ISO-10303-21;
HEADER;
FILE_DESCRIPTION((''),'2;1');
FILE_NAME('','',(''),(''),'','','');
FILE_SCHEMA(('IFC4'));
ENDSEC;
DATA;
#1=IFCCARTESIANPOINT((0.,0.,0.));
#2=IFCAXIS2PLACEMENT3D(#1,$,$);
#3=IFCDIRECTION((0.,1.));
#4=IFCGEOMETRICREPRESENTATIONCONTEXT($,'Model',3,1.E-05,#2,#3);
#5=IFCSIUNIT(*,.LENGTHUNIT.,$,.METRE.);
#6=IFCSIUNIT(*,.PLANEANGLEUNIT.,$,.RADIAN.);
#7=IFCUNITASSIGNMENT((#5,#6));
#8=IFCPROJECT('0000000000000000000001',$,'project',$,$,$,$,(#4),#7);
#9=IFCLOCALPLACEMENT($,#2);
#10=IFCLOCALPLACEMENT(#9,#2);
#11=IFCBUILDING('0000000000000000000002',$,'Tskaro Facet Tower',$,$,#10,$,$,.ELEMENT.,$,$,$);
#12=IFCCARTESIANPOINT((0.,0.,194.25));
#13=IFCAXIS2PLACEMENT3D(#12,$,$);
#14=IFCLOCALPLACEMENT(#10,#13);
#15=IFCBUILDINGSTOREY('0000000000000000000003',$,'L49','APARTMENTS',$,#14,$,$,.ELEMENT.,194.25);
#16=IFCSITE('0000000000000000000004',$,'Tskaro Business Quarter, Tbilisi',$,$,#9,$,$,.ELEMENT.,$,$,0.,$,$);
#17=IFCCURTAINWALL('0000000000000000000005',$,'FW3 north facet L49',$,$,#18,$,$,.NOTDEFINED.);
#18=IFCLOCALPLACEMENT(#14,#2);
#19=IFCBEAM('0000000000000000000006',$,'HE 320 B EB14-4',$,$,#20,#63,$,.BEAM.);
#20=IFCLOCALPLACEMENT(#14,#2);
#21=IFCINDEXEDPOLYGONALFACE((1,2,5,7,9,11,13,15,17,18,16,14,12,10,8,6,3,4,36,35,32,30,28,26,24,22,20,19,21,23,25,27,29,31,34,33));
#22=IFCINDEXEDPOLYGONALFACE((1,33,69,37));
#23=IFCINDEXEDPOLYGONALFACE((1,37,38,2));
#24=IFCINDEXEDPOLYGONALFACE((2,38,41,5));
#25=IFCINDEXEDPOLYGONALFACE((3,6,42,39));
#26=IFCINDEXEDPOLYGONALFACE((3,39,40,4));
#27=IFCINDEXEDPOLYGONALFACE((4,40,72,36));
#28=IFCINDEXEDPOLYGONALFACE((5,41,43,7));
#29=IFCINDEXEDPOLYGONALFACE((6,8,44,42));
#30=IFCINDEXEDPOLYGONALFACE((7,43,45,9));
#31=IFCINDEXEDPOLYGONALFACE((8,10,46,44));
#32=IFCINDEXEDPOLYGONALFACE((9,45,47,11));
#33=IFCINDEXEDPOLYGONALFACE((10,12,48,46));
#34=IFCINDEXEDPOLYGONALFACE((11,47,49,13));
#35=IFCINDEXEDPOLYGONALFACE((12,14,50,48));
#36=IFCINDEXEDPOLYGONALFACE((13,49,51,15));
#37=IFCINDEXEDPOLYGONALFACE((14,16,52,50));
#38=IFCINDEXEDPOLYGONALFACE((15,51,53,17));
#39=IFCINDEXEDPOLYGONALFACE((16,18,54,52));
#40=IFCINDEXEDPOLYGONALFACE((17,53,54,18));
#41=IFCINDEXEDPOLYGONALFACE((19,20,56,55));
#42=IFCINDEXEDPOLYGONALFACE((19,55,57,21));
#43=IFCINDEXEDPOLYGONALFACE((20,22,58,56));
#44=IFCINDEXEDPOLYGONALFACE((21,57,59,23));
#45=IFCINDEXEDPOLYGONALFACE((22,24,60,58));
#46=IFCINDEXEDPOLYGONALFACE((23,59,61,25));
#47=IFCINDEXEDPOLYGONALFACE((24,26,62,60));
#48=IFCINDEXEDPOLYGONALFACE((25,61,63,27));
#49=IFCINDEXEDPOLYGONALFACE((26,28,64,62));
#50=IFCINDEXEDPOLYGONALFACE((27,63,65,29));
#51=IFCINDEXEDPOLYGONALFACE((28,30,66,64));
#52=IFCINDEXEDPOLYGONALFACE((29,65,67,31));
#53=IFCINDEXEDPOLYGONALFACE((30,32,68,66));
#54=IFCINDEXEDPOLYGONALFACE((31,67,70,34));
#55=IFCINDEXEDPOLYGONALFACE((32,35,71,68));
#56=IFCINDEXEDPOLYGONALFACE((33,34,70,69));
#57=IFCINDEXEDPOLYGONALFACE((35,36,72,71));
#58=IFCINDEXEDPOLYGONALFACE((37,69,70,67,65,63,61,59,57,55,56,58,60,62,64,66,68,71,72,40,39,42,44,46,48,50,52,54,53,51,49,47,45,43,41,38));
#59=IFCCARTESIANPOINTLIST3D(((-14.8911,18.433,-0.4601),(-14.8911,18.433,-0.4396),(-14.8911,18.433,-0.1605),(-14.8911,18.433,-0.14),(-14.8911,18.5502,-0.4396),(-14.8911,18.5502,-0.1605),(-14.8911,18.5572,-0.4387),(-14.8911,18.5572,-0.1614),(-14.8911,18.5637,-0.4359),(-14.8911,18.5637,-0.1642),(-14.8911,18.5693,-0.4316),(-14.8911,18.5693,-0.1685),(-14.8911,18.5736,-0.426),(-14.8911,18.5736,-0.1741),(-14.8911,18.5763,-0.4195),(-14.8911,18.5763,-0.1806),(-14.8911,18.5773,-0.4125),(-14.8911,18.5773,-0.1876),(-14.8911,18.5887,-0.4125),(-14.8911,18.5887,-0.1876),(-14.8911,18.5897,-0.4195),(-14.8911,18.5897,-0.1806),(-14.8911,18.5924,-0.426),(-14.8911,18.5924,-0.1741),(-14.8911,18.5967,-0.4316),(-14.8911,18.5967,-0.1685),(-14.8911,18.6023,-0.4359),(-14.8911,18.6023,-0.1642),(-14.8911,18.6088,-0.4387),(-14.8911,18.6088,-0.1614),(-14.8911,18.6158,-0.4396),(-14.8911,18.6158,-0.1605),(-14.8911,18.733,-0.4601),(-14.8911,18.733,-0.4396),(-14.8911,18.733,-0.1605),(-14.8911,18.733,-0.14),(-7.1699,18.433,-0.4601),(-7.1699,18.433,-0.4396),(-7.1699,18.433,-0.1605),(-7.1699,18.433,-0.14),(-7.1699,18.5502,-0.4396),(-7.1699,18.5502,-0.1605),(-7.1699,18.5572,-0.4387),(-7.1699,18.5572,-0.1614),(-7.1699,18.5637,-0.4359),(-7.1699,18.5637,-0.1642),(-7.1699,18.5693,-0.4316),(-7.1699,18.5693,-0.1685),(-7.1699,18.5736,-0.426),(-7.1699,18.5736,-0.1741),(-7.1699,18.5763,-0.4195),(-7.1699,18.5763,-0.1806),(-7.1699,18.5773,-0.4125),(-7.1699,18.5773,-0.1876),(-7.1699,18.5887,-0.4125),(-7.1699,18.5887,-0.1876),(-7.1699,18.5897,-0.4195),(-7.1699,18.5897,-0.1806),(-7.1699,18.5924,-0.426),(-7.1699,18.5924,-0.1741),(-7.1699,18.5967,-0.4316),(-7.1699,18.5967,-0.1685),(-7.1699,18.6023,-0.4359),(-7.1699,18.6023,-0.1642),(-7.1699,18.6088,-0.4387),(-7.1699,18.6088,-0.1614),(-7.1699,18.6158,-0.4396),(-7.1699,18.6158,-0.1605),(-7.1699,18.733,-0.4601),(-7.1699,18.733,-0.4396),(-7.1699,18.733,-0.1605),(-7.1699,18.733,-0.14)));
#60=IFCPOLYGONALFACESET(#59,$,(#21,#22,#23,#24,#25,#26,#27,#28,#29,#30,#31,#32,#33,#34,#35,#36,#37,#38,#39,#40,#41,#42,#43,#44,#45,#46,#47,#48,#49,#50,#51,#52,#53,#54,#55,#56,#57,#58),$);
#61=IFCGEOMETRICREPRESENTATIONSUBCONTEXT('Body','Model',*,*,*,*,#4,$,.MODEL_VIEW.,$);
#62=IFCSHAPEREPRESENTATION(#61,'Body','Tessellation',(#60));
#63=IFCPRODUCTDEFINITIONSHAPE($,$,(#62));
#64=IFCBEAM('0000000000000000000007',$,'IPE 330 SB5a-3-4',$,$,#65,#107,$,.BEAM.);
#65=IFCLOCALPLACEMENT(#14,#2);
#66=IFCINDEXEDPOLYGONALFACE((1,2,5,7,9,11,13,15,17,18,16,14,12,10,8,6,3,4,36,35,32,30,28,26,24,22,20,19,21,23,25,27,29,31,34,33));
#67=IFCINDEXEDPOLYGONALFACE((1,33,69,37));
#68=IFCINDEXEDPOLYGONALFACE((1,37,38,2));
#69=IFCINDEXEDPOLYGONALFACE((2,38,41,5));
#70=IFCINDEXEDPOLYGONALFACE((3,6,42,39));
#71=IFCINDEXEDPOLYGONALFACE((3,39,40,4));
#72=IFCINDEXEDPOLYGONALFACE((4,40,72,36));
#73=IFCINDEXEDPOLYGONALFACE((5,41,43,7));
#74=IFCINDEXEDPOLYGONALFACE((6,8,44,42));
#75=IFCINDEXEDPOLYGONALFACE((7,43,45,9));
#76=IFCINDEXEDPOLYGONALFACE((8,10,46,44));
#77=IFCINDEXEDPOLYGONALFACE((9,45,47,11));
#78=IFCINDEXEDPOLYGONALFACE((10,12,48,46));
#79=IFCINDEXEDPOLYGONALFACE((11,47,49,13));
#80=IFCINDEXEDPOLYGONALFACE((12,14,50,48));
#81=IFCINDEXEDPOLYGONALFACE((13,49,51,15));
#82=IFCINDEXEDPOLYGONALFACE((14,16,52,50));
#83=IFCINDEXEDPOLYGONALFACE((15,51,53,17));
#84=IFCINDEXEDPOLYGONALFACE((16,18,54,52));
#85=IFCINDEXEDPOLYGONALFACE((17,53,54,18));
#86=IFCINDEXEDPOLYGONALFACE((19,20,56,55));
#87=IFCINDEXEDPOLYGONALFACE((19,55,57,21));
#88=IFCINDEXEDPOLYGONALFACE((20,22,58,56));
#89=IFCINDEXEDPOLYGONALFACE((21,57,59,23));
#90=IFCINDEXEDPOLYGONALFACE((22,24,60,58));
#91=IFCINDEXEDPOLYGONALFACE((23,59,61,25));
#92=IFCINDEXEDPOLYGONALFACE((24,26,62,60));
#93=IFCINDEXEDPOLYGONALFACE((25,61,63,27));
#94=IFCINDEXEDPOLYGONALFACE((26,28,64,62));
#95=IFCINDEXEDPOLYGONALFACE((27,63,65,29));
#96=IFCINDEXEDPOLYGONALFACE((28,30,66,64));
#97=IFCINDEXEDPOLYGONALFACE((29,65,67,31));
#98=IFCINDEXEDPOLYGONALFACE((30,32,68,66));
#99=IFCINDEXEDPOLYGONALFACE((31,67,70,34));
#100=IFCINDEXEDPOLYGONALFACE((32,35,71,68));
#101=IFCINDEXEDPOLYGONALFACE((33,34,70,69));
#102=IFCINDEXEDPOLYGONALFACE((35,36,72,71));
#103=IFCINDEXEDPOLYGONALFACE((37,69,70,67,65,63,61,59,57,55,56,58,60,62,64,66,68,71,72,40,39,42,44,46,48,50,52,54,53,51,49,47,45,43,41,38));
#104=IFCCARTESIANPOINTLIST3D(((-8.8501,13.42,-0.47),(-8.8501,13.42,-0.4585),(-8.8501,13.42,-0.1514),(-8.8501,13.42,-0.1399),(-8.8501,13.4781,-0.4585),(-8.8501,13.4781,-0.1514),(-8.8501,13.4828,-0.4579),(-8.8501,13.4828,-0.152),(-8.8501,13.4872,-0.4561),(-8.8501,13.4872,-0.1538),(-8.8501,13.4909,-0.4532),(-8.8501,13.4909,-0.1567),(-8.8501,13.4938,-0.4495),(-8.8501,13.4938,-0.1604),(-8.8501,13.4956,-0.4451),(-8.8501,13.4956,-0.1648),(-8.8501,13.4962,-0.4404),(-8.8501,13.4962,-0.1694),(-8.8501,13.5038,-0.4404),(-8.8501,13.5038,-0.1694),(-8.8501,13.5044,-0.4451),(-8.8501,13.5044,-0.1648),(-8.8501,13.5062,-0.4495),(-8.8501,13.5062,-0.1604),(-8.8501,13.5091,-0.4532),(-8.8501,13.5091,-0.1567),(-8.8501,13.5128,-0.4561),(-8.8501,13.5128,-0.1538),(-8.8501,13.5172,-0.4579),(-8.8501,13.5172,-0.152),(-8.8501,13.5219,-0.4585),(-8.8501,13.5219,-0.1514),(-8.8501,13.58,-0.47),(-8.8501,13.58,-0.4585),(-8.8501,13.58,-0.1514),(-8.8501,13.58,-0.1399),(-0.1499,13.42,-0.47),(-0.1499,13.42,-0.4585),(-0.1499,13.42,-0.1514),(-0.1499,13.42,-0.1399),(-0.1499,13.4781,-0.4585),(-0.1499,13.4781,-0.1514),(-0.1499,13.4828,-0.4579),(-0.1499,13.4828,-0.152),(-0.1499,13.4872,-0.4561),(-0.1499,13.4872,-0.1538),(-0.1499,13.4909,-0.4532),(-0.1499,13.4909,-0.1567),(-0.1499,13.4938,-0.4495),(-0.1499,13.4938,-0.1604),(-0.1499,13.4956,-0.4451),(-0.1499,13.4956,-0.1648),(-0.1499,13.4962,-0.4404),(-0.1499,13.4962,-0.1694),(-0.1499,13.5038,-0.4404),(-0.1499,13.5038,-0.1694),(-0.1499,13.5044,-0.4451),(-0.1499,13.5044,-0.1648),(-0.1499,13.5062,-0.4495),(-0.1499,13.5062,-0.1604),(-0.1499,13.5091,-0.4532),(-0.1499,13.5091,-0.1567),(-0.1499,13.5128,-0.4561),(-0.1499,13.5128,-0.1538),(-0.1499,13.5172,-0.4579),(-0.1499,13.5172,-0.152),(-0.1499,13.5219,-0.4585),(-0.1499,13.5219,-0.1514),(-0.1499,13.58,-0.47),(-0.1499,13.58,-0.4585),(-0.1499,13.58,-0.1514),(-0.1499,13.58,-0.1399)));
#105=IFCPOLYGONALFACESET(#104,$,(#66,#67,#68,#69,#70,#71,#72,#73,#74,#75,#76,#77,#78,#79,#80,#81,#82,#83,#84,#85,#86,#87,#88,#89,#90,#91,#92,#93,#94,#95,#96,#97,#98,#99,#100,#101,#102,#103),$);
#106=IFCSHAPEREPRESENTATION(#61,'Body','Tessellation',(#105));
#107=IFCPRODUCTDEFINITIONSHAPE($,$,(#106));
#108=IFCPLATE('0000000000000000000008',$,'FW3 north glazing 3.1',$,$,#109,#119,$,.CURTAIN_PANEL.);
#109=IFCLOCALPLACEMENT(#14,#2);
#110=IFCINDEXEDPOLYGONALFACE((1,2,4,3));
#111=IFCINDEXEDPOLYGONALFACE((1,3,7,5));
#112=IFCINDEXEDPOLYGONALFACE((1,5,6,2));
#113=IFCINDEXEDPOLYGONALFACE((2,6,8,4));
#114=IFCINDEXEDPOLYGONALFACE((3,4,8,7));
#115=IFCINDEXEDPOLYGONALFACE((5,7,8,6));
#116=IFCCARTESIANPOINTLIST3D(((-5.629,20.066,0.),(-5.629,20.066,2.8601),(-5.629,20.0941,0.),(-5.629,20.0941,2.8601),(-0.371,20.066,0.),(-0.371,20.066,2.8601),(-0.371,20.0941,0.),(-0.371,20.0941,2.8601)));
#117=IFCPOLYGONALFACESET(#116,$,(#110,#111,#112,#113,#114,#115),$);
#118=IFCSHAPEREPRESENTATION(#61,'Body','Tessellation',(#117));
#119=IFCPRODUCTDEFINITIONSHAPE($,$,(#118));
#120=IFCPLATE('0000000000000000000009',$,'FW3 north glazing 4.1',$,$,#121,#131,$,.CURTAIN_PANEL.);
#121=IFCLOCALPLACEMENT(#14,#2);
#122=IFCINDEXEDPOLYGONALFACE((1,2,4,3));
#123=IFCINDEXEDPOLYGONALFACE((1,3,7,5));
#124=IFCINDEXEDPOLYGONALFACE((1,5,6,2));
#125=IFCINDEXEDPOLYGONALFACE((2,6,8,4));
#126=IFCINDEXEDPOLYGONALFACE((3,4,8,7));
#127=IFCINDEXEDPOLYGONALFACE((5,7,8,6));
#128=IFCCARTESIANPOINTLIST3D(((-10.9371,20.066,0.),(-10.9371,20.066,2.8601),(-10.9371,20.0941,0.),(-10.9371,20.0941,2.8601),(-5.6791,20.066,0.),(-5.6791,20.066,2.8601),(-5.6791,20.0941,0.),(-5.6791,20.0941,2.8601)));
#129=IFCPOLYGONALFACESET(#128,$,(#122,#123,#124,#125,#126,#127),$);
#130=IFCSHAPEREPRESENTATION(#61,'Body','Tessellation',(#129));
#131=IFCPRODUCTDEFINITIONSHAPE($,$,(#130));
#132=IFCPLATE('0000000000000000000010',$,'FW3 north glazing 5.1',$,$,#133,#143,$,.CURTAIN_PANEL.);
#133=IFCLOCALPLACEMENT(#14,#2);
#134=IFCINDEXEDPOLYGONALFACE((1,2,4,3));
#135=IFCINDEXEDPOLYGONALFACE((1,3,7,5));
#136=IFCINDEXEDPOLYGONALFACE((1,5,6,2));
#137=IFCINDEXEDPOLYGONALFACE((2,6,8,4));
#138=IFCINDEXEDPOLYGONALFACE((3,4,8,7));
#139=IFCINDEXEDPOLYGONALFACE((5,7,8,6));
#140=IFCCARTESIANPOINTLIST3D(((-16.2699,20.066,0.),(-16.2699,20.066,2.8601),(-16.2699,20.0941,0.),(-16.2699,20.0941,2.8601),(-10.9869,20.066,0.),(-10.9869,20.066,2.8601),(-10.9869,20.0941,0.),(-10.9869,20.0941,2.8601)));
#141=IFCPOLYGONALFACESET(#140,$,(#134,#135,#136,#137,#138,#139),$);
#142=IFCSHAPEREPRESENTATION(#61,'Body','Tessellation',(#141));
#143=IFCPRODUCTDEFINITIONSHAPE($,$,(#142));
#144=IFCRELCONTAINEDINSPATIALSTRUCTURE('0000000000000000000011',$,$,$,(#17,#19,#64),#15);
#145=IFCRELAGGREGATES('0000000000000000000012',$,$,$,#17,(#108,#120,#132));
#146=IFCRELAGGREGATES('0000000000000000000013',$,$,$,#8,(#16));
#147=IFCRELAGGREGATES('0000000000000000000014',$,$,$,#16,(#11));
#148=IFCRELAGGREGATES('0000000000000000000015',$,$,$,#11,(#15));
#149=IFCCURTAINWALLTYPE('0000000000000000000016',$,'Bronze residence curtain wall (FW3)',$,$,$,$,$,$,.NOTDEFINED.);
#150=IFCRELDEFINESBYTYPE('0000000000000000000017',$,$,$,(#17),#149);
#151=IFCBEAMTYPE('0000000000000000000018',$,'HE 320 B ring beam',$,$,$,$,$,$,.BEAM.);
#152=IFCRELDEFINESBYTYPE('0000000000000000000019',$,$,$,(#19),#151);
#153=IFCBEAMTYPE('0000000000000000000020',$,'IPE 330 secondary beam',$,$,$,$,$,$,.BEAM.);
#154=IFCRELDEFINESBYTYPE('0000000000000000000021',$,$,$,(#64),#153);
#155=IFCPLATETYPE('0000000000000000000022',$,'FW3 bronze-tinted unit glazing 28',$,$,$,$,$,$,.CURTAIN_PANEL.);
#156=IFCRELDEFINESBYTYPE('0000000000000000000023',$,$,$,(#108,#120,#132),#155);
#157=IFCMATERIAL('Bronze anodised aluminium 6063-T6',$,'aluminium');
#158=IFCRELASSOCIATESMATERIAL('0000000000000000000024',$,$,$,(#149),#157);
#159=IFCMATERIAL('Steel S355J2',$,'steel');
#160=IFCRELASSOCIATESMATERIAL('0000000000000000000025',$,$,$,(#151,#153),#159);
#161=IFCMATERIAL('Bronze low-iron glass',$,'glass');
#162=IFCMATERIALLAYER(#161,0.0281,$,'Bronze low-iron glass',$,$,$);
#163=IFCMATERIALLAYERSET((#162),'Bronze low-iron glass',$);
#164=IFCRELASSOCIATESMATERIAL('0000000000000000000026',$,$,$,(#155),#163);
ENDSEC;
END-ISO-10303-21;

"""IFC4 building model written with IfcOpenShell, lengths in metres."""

from ifc_helpers import new_model, si_unit, direction, frame, origin, origin_2d, place, context, subcontext, project, spatial, rectangle, i_section, extrude, material, layer, layer_set, material_profile, profile_set, type_object, element, aggregate, save


model = new_model("IFC4")

# Units and contexts
model_context = context("Model", 3, precision=1e-05, world=origin(), true_north=direction((0.0, 1.0)))
body_context = subcontext(model_context, "Body", "Model", "MODEL_VIEW")
ifc_project = project(units=[si_unit("LENGTHUNIT", "METRE"), si_unit("PLANEANGLEUNIT", "RADIAN")], contexts=[model_context])

# Site, building, storey
site_placement = place(None, origin())
site = spatial("IfcSite", under=ifc_project, at=site_placement, Name="Tskaro Business Quarter, Tbilisi", CompositionType="ELEMENT", RefElevation=0.0)
building_placement = place(site_placement, origin())
building = spatial("IfcBuilding", under=site, at=building_placement, Name="Tskaro Facet Tower", CompositionType="ELEMENT")
storey_placement = place(building_placement, frame((0.0, 0.0, 194.25)))
storey = spatial("IfcBuildingStorey", under=building, at=storey_placement, Name="L49", Description="APARTMENTS", CompositionType="ELEMENT", Elevation=194.25)

# Curtain wall
ifc_material_1 = material(Name="Bronze anodised aluminium 6063-T6", Category="aluminium")
curtain_wall_type = type_object("IfcCurtainWallType", Name="Bronze residence curtain wall (FW3)", PredefinedType="NOTDEFINED", material=ifc_material_1)
curtain_wall_placement = place(storey_placement, origin())
curtain_wall = element("IfcCurtainWall", 1, at=curtain_wall_placement, inside=storey, type_object=curtain_wall_type, Name="FW3 north facet L49", PredefinedType="NOTDEFINED")

# Beams
ifc_material_2 = material(Name="Steel S355J2", Category="steel")
ifc_material_profile_1 = material_profile(ifc_material_2, i_section(OverallWidth=0.3, OverallDepth=0.3201, WebThickness=0.0115, FlangeThickness=0.0205, FilletRadius=0.0271, at=origin_2d()), Name="HE 320 B")
ifc_profile_set_1 = profile_set([ifc_material_profile_1], Name="Steel S355J2")
beam_type_1 = type_object("IfcBeamType", Name="HE 320 B ring beam", PredefinedType="BEAM", material=ifc_profile_set_1)
beam_1_placement = place(storey_placement, frame((-7.1699, 18.583, -0.3), z_axis=(-1.0, 0.0, 0.0), x_axis=(0.0, -1.0, 0.0)))
element("IfcBeam", 2, at=beam_1_placement, inside=storey, type_object=beam_type_1, Name="HE 320 B EB14-4", PredefinedType="BEAM", context=body_context, shape_type="SweptSolid", body=[
    extrude(i_section(OverallWidth=0.3, OverallDepth=0.3201, WebThickness=0.0115, FlangeThickness=0.0205, FilletRadius=0.0271, at=origin_2d()), origin(), (0.0, 0.0, 1.0), 7.7212),
])
ifc_material_profile_2 = material_profile(ifc_material_2, i_section(OverallWidth=0.1599, OverallDepth=0.3301, WebThickness=0.0076, FlangeThickness=0.0115, FilletRadius=0.0181, at=origin_2d()), Name="IPE 330")
ifc_profile_set_2 = profile_set([ifc_material_profile_2], Name="Steel S355J2")
beam_type_2 = type_object("IfcBeamType", Name="IPE 330 secondary beam", PredefinedType="BEAM", material=ifc_profile_set_2)
beam_2_placement = place(storey_placement, frame((-8.8501, 13.5, -0.3049), z_axis=(1.0, 0.0, 0.0), x_axis=(0.0, 1.0, 0.0)))
element("IfcBeam", 3, at=beam_2_placement, inside=storey, type_object=beam_type_2, Name="IPE 330 SB5a-3-4", PredefinedType="BEAM", context=body_context, shape_type="SweptSolid", body=[
    extrude(i_section(OverallWidth=0.1599, OverallDepth=0.3301, WebThickness=0.0076, FlangeThickness=0.0115, FilletRadius=0.0181, at=origin_2d()), origin(), (0.0, 0.0, 1.0), 8.7002),
])

# Plates
ifc_material_3 = material(Name="Bronze low-iron glass", Category="glass")
ifc_layer_1 = layer(ifc_material_3, 0.0281, Name="Bronze low-iron glass")
ifc_layer_set_1 = layer_set([ifc_layer_1], Name="Bronze low-iron glass")
plate_type = type_object("IfcPlateType", Name="FW3 bronze-tinted unit glazing 28", PredefinedType="CURTAIN_PANEL", material=ifc_layer_set_1)
plate_1_placement = place(storey_placement, frame((-3.0, 20.0801, 0.0), z_axis=(0.0, 0.0, 1.0), x_axis=(-1.0, 0.0, 0.0)))
plate_1 = element("IfcPlate", 4, at=plate_1_placement, type_object=plate_type, Name="FW3 north glazing 3.1", PredefinedType="CURTAIN_PANEL", context=body_context, shape_type="SweptSolid", body=[
    extrude(rectangle(XDim=5.2581, YDim=0.0281, at=origin_2d()), origin(), (0.0, 0.0, 1.0), 2.8601),
])
plate_2_placement = place(storey_placement, frame((-8.3081, 20.0801, 0.0), z_axis=(0.0, 0.0, 1.0), x_axis=(-1.0, 0.0, 0.0)))
plate_2 = element("IfcPlate", 5, at=plate_2_placement, type_object=plate_type, Name="FW3 north glazing 4.1", PredefinedType="CURTAIN_PANEL", context=body_context, shape_type="SweptSolid", body=[
    extrude(rectangle(XDim=5.2581, YDim=0.0281, at=origin_2d()), origin(), (0.0, 0.0, 1.0), 2.8601),
])
plate_3_placement = place(storey_placement, frame((-13.6284, 20.0801, 0.0), z_axis=(0.0, 0.0, 1.0), x_axis=(-1.0, 0.0, 0.0)))
plate_3 = element("IfcPlate", 6, at=plate_3_placement, type_object=plate_type, Name="FW3 north glazing 5.1", PredefinedType="CURTAIN_PANEL", context=body_context, shape_type="SweptSolid", body=[
    extrude(rectangle(XDim=5.283, YDim=0.0281, at=origin_2d()), origin(), (0.0, 0.0, 1.0), 2.8601),
])
aggregate(curtain_wall, [plate_1, plate_2, plate_3])

save(model, "model.ifc")
